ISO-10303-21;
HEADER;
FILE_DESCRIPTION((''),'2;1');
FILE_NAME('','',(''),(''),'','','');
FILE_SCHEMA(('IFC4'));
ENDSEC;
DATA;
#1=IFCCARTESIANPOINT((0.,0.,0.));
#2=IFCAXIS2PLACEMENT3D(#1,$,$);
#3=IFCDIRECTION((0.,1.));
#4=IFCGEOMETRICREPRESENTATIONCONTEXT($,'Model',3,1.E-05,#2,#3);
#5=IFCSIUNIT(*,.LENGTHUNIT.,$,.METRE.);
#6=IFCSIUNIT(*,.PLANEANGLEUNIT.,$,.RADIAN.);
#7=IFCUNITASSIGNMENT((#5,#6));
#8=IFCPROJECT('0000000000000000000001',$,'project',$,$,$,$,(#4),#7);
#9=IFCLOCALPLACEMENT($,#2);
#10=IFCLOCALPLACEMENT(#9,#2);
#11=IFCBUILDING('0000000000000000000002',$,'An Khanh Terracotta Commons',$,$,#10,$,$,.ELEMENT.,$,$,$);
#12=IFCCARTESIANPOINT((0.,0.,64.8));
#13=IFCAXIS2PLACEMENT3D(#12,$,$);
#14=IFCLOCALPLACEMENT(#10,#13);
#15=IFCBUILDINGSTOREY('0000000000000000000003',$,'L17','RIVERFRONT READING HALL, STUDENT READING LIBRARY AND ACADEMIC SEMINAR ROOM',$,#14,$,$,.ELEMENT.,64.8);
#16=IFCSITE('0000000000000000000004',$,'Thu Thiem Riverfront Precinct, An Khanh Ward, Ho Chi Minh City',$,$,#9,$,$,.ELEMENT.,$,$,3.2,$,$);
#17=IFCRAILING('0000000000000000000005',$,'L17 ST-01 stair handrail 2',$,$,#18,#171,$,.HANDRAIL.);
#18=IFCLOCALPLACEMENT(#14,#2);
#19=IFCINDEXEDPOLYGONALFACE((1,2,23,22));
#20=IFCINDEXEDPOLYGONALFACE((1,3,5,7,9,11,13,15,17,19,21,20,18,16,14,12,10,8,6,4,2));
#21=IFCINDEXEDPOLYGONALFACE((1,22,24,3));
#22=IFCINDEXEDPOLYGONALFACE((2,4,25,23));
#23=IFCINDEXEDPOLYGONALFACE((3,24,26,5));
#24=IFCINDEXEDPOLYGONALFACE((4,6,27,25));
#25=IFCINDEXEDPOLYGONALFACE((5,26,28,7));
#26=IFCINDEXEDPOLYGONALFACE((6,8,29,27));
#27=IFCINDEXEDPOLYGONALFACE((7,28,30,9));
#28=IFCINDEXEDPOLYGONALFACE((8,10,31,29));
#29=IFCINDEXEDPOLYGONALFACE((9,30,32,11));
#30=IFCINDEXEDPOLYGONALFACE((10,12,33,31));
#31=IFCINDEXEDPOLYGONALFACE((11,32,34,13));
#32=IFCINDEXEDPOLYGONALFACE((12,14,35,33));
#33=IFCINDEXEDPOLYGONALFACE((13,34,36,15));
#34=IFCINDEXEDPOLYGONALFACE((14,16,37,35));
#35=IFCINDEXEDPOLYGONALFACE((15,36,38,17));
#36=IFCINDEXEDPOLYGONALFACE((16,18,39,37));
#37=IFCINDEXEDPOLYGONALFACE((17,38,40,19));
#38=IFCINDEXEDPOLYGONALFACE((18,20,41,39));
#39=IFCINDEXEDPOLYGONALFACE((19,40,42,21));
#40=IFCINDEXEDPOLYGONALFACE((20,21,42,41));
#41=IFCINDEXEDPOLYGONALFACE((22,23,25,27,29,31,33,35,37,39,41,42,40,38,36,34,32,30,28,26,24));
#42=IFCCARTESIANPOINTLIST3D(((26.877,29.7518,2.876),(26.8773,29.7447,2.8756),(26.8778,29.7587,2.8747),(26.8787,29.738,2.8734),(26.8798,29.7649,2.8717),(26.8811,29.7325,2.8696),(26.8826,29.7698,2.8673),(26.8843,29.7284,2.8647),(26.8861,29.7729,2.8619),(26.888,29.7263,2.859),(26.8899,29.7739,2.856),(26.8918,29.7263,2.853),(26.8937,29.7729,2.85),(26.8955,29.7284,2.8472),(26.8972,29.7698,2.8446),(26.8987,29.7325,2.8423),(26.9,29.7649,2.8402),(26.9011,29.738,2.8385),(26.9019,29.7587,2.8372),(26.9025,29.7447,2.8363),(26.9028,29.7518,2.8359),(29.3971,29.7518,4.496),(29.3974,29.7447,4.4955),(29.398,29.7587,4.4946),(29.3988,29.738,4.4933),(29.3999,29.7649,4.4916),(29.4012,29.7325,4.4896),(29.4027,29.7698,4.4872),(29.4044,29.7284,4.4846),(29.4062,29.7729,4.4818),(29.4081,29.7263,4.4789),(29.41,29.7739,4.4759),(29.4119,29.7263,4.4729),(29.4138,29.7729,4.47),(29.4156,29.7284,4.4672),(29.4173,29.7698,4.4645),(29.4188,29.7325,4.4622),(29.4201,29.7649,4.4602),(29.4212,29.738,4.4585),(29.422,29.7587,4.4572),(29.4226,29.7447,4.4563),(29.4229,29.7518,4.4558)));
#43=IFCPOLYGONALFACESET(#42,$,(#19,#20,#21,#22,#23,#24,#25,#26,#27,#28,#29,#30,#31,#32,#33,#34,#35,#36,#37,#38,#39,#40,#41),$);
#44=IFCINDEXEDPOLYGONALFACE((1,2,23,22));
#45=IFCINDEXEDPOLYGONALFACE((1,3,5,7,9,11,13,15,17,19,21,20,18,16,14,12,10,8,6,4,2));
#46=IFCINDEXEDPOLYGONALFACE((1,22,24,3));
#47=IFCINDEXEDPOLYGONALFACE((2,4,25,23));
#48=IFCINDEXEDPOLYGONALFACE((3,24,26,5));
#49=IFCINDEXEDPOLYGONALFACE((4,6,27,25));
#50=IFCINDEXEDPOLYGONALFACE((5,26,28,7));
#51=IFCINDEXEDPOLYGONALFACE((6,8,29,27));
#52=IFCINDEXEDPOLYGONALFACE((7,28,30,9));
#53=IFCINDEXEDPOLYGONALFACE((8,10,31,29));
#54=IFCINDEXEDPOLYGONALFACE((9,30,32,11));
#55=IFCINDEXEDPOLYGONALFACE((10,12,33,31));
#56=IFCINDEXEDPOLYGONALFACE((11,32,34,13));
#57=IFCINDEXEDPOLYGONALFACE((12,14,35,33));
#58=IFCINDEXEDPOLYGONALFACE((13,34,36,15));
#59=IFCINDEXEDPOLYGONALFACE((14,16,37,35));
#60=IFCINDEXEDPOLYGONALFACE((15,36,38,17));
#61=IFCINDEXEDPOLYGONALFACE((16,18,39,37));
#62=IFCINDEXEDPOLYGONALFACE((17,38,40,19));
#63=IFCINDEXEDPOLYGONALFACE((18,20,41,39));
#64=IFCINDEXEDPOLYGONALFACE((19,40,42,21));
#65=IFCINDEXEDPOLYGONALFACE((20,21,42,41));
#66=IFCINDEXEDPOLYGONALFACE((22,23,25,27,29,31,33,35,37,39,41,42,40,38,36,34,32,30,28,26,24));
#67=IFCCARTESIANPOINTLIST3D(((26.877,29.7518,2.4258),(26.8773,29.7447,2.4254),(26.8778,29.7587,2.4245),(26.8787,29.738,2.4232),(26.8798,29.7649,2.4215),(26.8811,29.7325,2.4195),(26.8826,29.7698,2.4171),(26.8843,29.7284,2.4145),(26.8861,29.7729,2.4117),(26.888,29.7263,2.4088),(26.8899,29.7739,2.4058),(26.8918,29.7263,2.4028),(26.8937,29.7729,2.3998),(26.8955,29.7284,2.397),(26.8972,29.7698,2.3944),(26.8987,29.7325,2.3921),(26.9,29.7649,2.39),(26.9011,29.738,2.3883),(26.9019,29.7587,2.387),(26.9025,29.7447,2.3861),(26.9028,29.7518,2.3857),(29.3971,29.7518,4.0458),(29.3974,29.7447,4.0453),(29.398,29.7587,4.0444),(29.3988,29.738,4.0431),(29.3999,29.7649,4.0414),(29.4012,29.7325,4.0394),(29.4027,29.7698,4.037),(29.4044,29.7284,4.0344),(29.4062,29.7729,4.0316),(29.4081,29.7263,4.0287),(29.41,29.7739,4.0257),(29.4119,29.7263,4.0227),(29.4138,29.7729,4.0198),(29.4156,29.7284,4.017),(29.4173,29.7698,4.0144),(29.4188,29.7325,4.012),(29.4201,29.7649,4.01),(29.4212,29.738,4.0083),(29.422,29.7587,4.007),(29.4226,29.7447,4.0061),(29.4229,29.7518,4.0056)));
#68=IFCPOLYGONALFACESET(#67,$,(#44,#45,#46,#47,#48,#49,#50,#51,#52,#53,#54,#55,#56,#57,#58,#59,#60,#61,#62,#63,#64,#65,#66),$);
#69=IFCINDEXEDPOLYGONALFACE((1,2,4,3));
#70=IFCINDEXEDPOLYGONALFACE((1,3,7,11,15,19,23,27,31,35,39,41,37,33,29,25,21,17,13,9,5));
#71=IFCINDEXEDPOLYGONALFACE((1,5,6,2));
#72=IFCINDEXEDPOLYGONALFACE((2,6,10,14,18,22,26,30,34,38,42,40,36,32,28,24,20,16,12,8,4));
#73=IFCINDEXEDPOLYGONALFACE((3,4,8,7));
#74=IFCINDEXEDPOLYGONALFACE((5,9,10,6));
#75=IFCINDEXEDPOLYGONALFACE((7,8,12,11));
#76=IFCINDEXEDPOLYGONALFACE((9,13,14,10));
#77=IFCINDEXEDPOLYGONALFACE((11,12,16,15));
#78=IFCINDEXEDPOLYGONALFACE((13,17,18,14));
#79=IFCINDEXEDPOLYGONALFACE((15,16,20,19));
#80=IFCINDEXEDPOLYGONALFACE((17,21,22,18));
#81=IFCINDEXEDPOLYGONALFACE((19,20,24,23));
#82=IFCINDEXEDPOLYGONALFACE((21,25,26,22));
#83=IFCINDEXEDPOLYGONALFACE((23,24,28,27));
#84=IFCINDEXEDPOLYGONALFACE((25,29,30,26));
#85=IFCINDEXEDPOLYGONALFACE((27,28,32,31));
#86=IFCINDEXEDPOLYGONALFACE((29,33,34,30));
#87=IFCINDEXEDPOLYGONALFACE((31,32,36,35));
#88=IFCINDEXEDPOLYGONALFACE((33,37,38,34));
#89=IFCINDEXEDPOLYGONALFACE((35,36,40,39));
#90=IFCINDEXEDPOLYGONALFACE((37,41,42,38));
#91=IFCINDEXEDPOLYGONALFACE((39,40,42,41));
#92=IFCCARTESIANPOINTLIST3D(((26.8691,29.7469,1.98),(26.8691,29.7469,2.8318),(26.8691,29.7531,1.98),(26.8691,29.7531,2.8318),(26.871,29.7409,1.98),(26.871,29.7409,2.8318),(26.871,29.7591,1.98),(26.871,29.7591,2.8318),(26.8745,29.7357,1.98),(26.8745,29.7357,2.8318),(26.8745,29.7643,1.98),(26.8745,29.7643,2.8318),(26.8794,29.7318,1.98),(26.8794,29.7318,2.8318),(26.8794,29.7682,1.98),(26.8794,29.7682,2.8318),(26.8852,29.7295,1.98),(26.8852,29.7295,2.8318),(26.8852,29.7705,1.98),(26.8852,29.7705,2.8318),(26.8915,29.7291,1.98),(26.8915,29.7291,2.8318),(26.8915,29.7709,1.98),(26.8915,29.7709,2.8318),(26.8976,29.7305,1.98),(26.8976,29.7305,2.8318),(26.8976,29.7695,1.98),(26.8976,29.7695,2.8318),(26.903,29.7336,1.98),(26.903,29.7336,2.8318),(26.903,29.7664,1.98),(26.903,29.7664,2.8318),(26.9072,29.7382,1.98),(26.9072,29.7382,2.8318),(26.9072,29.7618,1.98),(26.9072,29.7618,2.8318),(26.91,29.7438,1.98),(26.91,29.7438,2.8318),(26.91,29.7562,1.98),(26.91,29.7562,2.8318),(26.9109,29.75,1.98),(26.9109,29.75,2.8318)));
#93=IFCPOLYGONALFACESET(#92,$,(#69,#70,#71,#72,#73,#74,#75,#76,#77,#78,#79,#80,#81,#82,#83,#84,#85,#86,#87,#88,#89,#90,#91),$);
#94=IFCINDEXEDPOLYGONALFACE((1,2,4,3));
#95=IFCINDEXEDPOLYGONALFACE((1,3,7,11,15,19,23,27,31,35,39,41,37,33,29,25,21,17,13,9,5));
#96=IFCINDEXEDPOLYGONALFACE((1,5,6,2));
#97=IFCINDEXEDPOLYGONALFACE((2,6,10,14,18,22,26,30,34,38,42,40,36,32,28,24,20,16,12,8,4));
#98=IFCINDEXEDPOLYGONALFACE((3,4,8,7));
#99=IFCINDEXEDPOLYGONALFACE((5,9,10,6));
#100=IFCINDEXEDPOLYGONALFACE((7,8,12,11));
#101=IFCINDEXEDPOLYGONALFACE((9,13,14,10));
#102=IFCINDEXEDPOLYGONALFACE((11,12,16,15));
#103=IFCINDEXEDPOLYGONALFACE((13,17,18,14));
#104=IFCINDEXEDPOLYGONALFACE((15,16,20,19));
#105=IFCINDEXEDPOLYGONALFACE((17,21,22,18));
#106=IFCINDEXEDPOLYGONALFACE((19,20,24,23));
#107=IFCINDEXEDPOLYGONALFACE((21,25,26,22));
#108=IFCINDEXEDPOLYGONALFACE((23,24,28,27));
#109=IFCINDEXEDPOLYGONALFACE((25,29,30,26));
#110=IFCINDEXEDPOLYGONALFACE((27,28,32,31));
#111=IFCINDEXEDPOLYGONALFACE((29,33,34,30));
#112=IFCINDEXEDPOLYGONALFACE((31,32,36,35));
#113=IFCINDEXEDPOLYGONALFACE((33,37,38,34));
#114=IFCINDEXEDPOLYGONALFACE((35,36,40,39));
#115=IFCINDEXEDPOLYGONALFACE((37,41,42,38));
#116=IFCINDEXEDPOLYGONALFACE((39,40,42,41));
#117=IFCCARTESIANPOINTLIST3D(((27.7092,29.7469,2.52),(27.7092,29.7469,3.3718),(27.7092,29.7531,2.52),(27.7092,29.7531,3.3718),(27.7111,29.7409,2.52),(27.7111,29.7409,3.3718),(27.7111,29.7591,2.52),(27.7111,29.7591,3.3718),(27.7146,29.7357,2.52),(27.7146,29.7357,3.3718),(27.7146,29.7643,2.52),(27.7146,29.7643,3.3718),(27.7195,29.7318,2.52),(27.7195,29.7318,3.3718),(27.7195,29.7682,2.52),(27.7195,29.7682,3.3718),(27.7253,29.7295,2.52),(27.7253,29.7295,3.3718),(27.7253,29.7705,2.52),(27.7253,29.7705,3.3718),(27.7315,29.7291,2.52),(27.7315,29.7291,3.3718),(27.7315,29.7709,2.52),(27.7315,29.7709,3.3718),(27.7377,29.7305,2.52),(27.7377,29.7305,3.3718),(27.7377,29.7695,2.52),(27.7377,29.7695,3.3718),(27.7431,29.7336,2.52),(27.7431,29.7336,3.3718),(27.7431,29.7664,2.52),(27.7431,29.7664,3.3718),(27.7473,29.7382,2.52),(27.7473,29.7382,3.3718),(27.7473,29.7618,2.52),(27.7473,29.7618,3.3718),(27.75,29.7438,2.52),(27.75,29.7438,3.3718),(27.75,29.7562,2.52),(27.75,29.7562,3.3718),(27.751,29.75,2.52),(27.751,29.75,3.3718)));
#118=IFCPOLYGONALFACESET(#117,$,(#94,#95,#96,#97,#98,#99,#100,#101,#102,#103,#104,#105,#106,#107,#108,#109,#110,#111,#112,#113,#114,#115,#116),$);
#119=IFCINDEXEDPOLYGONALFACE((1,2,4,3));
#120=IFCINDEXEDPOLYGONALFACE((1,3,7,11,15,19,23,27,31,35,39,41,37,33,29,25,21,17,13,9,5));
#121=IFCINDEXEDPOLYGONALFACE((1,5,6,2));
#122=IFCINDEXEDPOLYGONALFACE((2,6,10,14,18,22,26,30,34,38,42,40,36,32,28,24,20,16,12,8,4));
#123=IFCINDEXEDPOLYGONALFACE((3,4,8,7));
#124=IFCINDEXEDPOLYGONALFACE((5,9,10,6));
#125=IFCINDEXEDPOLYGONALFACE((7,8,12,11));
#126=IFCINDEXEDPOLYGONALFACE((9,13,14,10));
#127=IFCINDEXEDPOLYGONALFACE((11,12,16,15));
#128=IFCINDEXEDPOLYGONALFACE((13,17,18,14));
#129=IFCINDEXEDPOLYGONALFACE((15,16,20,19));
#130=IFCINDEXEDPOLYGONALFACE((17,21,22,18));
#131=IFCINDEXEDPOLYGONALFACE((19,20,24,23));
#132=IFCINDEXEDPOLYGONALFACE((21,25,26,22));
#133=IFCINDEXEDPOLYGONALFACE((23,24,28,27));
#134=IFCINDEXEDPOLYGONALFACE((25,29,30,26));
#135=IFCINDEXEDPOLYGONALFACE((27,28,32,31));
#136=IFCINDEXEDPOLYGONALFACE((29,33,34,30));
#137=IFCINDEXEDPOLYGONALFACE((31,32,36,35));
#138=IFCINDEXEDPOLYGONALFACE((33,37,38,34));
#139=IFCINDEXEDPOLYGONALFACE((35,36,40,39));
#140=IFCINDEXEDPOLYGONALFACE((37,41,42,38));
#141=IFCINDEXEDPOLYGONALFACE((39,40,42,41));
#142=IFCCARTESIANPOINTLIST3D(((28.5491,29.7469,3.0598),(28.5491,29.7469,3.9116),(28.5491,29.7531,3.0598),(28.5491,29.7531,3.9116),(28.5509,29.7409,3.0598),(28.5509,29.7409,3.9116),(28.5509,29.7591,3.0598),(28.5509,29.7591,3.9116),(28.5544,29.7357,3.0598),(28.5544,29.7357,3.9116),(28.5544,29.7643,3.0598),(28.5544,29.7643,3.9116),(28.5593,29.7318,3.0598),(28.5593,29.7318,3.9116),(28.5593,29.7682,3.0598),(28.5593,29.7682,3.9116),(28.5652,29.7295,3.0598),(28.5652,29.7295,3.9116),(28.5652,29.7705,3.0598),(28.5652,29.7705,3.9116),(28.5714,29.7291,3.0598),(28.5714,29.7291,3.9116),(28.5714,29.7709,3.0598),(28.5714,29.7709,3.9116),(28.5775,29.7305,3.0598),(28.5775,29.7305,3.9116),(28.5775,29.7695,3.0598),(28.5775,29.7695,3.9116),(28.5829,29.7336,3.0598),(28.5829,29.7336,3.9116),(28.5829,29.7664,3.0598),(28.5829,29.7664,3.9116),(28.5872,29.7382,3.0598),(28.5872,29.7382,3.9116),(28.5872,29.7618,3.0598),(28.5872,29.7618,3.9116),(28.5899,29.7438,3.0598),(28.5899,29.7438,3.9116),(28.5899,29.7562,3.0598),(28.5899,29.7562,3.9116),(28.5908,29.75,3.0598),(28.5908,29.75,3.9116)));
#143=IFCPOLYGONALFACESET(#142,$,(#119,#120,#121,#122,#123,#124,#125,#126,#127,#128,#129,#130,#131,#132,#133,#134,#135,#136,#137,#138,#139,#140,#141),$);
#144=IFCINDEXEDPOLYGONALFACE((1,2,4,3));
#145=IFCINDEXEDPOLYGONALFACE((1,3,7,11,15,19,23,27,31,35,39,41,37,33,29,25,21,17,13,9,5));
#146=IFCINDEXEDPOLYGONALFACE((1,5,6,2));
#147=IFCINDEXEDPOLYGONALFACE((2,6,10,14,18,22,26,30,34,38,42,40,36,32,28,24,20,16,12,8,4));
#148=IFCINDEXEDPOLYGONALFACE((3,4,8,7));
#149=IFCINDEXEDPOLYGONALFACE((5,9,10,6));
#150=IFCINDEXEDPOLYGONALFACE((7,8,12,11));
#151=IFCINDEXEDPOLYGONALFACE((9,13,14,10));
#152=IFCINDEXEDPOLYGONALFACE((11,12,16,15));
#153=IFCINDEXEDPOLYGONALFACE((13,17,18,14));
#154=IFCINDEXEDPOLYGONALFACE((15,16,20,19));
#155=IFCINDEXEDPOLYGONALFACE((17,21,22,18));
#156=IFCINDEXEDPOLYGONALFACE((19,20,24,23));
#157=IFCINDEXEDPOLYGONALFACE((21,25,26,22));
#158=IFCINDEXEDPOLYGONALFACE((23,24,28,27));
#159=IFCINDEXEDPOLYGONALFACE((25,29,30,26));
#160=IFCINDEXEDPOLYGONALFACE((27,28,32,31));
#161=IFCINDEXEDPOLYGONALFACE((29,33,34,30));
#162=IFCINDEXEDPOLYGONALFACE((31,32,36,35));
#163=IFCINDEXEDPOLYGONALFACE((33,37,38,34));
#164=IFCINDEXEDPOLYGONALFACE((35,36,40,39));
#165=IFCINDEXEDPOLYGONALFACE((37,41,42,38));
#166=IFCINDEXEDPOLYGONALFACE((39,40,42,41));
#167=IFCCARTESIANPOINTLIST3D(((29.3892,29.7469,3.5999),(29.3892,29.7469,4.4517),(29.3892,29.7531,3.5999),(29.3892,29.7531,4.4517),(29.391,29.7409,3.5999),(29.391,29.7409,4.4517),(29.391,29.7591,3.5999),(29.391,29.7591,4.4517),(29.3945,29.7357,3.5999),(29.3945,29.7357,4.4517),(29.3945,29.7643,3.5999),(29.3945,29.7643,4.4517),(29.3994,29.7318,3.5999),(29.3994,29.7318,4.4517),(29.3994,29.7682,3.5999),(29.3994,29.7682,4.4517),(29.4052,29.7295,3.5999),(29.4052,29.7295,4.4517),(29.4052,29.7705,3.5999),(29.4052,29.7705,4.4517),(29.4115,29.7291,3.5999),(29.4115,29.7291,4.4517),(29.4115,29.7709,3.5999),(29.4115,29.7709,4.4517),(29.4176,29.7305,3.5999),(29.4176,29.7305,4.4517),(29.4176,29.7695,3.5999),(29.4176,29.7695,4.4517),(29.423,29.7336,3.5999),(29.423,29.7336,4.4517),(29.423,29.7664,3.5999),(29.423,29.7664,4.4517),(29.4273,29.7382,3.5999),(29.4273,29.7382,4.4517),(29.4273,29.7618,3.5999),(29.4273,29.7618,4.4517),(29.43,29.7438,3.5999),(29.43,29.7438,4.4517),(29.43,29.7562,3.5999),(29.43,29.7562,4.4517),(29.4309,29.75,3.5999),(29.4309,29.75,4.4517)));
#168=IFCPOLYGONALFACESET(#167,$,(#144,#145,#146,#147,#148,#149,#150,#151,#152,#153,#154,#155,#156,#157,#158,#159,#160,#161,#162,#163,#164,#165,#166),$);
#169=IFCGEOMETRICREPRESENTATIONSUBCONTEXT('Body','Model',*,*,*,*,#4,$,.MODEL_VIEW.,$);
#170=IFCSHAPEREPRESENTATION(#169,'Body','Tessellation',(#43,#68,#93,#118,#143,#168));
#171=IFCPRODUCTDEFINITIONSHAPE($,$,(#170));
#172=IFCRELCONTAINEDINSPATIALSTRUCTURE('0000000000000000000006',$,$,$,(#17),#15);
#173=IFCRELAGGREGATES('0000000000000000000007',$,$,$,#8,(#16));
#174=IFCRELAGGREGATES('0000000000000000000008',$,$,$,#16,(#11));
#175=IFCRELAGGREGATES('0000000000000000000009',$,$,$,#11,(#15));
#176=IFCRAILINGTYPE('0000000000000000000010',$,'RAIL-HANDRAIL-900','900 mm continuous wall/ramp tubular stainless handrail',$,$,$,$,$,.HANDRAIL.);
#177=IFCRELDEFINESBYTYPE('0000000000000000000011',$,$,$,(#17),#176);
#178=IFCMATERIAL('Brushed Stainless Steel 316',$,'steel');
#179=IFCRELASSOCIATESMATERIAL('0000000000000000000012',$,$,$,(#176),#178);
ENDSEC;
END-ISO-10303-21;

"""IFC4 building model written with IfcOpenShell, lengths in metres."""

from ifc_helpers import new_model, si_unit, direction, frame, origin, origin_2d, place, context, subcontext, project, spatial, circle, extrude, material, type_object, element, save


model = new_model("IFC4")

# Units and contexts
model_context = context("Model", 3, precision=1e-05, world=origin(), true_north=direction((0.0, 1.0)))
body_context = subcontext(model_context, "Body", "Model", "MODEL_VIEW")
ifc_project = project(units=[si_unit("LENGTHUNIT", "METRE"), si_unit("PLANEANGLEUNIT", "RADIAN")], contexts=[model_context])

# Site, building, storey
site_placement = place(None, origin())
site = spatial("IfcSite", under=ifc_project, at=site_placement, Name="Thu Thiem Riverfront Precinct, An Khanh Ward, Ho Chi Minh City", CompositionType="ELEMENT", RefElevation=3.2)
building_placement = place(site_placement, origin())
building = spatial("IfcBuilding", under=site, at=building_placement, Name="An Khanh Terracotta Commons", CompositionType="ELEMENT")
storey_placement = place(building_placement, frame((0.0, 0.0, 64.8)))
storey = spatial("IfcBuildingStorey", under=building, at=storey_placement, Name="L17", Description="RIVERFRONT READING HALL, STUDENT READING LIBRARY AND ACADEMIC SEMINAR ROOM", CompositionType="ELEMENT", Elevation=64.8)

# Railing
ifc_material_1 = material(Name="Brushed Stainless Steel 316", Category="steel")
railing_type_1 = type_object("IfcRailingType", Name="RAIL-HANDRAIL-900", Description="900 mm continuous wall/ramp tubular stainless handrail", PredefinedType="HANDRAIL", material=ifc_material_1)
railing_1_placement = place(storey_placement, frame((26.8899, 29.75, 1.98)))
element("IfcRailing", 1, at=railing_1_placement, inside=storey, type_object=railing_type_1, Name="L17 ST-01 stair handrail 2", PredefinedType="HANDRAIL", context=body_context, shape_type="SweptSolid", body=[
    extrude(circle(Radius=0.0239, at=origin_2d()), frame((0.0, 0.0, 0.876), z_axis=(0.8412, 0.0, 0.540725), x_axis=(0.0, 1.0, 0.0)), (0.0, 0.0, 1.0), 2.9958),
    extrude(circle(Radius=0.0239, at=origin_2d()), frame((0.0, 0.0, 0.4258), z_axis=(0.8412, 0.0, 0.540725), x_axis=(0.0, 1.0, 0.0)), (0.0, 0.0, 1.0), 2.9958),
    extrude(circle(Radius=0.021, at=origin_2d()), origin(), (0.0, 0.0, 1.0), 0.8518),
    extrude(circle(Radius=0.021, at=origin_2d()), frame((0.8401, 0.0, 0.54)), (0.0, 0.0, 1.0), 0.8518),
    extrude(circle(Radius=0.021, at=origin_2d()), frame((1.6799, 0.0, 1.0798)), (0.0, 0.0, 1.0), 0.8518),
    extrude(circle(Radius=0.021, at=origin_2d()), frame((2.52, 0.0, 1.6199)), (0.0, 0.0, 1.0), 0.8518),
])

save(model, "model.ifc")
